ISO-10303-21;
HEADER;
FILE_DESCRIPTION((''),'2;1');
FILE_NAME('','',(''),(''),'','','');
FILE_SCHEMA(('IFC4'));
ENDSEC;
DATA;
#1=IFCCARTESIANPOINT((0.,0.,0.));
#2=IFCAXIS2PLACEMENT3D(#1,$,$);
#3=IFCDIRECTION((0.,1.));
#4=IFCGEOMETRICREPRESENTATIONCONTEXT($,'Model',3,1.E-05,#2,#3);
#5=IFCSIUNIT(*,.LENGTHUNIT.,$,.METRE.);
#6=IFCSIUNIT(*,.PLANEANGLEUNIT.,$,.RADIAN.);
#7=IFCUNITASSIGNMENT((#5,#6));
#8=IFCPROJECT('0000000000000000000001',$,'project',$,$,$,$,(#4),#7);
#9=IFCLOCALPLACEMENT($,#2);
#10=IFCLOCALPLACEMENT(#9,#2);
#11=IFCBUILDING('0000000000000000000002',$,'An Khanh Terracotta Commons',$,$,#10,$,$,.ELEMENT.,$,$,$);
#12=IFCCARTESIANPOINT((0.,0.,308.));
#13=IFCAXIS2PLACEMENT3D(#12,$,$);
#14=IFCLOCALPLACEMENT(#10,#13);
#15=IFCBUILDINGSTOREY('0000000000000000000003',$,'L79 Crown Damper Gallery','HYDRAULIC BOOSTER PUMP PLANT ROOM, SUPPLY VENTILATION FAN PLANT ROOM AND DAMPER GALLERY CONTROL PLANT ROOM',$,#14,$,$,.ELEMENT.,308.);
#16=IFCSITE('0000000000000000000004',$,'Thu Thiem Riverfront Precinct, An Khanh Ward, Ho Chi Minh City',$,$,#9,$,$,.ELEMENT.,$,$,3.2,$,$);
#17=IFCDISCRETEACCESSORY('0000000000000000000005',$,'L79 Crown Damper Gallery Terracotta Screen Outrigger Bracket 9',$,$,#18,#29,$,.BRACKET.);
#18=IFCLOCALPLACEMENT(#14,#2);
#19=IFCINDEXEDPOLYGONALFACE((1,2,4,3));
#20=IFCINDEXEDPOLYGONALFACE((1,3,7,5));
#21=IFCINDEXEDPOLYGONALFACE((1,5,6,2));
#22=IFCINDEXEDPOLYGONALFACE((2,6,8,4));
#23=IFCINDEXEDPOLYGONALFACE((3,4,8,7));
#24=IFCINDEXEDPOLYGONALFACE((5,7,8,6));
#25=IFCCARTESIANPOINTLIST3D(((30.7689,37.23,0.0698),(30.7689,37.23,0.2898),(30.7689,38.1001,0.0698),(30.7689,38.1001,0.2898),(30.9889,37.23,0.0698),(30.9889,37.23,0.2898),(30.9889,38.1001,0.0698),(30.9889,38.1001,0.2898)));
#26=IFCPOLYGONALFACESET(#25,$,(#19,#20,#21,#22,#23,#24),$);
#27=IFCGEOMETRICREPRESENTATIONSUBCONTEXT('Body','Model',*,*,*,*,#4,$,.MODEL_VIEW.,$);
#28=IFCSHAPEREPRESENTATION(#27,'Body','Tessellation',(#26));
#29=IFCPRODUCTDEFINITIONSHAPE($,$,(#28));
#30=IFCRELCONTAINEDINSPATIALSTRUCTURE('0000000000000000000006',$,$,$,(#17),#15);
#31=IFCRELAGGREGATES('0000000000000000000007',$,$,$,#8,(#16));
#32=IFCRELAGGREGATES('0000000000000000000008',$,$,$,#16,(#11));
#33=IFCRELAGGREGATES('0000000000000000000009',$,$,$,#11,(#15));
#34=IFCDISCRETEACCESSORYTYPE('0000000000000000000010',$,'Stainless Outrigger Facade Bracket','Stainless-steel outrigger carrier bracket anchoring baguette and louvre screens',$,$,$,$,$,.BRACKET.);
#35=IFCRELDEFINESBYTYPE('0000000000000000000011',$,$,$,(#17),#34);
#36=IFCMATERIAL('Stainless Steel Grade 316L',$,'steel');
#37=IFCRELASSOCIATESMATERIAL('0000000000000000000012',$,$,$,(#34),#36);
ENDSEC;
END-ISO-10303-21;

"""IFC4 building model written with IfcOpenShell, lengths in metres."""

from ifc_helpers import new_model, si_unit, direction, frame, origin, origin_2d, place, context, subcontext, project, spatial, rectangle, extrude, material, type_object, element, save


model = new_model("IFC4")

# Units and contexts
model_context = context("Model", 3, precision=1e-05, world=origin(), true_north=direction((0.0, 1.0)))
body_context = subcontext(model_context, "Body", "Model", "MODEL_VIEW")
ifc_project = project(units=[si_unit("LENGTHUNIT", "METRE"), si_unit("PLANEANGLEUNIT", "RADIAN")], contexts=[model_context])

# Site, building, storey
site_placement = place(None, origin())
site = spatial("IfcSite", under=ifc_project, at=site_placement, Name="Thu Thiem Riverfront Precinct, An Khanh Ward, Ho Chi Minh City", CompositionType="ELEMENT", RefElevation=3.2)
building_placement = place(site_placement, origin())
building = spatial("IfcBuilding", under=site, at=building_placement, Name="An Khanh Terracotta Commons", CompositionType="ELEMENT")
storey_placement = place(building_placement, frame((0.0, 0.0, 308.0)))
storey = spatial("IfcBuildingStorey", under=building, at=storey_placement, Name="L79 Crown Damper Gallery", Description="HYDRAULIC BOOSTER PUMP PLANT ROOM, SUPPLY VENTILATION FAN PLANT ROOM AND DAMPER GALLERY CONTROL PLANT ROOM", CompositionType="ELEMENT", Elevation=308.0)

# Discrete accessory
ifc_material_1 = material(Name="Stainless Steel Grade 316L", Category="steel")
discrete_accessory_type = type_object("IfcDiscreteAccessoryType", Name="Stainless Outrigger Facade Bracket", Description="Stainless-steel outrigger carrier bracket anchoring baguette and louvre screens", PredefinedType="BRACKET", material=ifc_material_1)
for number, where, z_axis, x_axis, name in (
    (1, (30.8789, 37.665, 0.0698), (0.0, 0.0, 1.0), (-1.0, 0.0, 0.0), "L79 Crown Damper Gallery Terracotta Screen Outrigger Bracket 9"),
):
    element("IfcDiscreteAccessory", number, at=place(storey_placement, frame(where, z_axis=z_axis, x_axis=x_axis)), inside=storey, type_object=discrete_accessory_type, Name=name, PredefinedType="BRACKET", context=body_context, shape_type="SweptSolid", body=[
        extrude(rectangle(XDim=0.22, YDim=0.8701, at=origin_2d()), origin(), (0.0, 0.0, 1.0), 0.22),
    ])

save(model, "model.ifc")
